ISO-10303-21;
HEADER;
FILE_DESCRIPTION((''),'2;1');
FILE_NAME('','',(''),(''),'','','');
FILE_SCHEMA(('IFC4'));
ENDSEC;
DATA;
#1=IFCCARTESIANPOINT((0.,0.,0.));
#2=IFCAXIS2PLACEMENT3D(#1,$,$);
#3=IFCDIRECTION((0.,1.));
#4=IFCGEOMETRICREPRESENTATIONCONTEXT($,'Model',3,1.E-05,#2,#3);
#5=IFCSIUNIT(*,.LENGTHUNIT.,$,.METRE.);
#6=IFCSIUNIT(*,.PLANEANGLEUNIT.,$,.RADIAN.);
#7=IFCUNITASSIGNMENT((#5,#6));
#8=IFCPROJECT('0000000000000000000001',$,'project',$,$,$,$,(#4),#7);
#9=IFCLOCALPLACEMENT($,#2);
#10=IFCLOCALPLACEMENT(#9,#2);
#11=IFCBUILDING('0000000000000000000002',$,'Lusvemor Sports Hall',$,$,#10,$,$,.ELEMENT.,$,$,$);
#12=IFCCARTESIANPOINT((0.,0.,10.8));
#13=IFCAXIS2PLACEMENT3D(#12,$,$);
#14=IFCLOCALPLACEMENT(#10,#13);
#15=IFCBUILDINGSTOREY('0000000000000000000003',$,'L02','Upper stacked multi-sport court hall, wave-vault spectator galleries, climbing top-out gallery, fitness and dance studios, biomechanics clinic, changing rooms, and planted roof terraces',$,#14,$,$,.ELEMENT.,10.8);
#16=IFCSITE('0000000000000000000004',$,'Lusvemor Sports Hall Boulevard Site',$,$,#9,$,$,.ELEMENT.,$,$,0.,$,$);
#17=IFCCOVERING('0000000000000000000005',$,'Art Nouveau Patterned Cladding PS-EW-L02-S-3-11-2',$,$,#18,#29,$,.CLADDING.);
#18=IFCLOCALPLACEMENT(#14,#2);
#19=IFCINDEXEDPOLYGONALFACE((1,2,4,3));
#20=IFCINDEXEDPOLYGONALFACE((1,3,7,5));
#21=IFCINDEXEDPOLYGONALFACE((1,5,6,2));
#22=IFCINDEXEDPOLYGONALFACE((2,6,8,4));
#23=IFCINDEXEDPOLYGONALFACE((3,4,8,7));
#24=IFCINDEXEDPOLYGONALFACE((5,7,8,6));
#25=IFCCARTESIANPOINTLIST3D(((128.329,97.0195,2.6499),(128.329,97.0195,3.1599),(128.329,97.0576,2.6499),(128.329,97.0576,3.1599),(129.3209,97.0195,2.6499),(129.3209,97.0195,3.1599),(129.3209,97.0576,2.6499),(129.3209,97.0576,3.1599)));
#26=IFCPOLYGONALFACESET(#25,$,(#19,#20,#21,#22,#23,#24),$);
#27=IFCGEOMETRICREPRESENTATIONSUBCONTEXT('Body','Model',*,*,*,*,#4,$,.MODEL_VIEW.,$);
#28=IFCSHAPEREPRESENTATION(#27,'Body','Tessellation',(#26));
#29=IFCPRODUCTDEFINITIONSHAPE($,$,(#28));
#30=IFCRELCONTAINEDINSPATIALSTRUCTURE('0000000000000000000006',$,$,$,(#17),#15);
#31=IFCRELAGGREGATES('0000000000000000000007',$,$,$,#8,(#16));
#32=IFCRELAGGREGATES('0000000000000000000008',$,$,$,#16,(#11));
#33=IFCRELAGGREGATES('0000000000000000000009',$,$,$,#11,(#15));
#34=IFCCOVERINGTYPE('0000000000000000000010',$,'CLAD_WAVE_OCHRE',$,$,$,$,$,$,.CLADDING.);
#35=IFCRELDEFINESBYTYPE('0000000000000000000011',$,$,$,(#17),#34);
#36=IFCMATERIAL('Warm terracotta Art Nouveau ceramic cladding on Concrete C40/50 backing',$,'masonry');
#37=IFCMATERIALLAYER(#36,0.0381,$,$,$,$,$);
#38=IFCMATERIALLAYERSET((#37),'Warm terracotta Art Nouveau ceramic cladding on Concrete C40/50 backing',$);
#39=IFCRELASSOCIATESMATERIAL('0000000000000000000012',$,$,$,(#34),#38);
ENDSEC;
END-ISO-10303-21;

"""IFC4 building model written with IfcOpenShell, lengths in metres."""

from ifc_helpers import new_model, si_unit, direction, frame, origin, origin_2d, place, context, subcontext, project, spatial, rectangle, extrude, material, layer, layer_set, type_object, element, save


model = new_model("IFC4")

# Units and contexts
model_context = context("Model", 3, precision=1e-05, world=origin(), true_north=direction((0.0, 1.0)))
body_context = subcontext(model_context, "Body", "Model", "MODEL_VIEW")
ifc_project = project(units=[si_unit("LENGTHUNIT", "METRE"), si_unit("PLANEANGLEUNIT", "RADIAN")], contexts=[model_context])

# Site, building, storey
site_placement = place(None, origin())
site = spatial("IfcSite", under=ifc_project, at=site_placement, Name="Lusvemor Sports Hall Boulevard Site", CompositionType="ELEMENT", RefElevation=0.0)
building_placement = place(site_placement, origin())
building = spatial("IfcBuilding", under=site, at=building_placement, Name="Lusvemor Sports Hall", CompositionType="ELEMENT")
storey_placement = place(building_placement, frame((0.0, 0.0, 10.8)))
storey = spatial("IfcBuildingStorey", under=building, at=storey_placement, Name="L02", Description="Upper stacked multi-sport court hall, wave-vault spectator galleries, climbing top-out gallery, fitness and dance studios, biomechanics clinic, changing rooms, and planted roof terraces", CompositionType="ELEMENT", Elevation=10.8)

# Covering
ifc_material_1 = material(Name="Warm terracotta Art Nouveau ceramic cladding on Concrete C40/50 backing", Category="masonry")
ifc_layer_1 = layer(ifc_material_1, 0.0381)
ifc_layer_set_1 = layer_set([ifc_layer_1], Name="Warm terracotta Art Nouveau ceramic cladding on Concrete C40/50 backing")
covering_type_1 = type_object("IfcCoveringType", Name="CLAD_WAVE_OCHRE", PredefinedType="CLADDING", material=ifc_layer_set_1)
for number, where, z_axis, x_axis, name in (
    (1, (128.825, 97.0386, 2.6499), (0.0, 0.0, 1.0), (1.0, 0.0, 0.0), "Art Nouveau Patterned Cladding PS-EW-L02-S-3-11-2"),
):
    element("IfcCovering", number, at=place(storey_placement, frame(where, z_axis=z_axis, x_axis=x_axis)), inside=storey, type_object=covering_type_1, Name=name, PredefinedType="CLADDING", context=body_context, shape_type="SweptSolid", body=[
        extrude(rectangle(XDim=0.9919, YDim=0.0381, at=origin_2d()), origin(), (0.0, 0.0, 1.0), 0.51),
    ])

save(model, "model.ifc")
